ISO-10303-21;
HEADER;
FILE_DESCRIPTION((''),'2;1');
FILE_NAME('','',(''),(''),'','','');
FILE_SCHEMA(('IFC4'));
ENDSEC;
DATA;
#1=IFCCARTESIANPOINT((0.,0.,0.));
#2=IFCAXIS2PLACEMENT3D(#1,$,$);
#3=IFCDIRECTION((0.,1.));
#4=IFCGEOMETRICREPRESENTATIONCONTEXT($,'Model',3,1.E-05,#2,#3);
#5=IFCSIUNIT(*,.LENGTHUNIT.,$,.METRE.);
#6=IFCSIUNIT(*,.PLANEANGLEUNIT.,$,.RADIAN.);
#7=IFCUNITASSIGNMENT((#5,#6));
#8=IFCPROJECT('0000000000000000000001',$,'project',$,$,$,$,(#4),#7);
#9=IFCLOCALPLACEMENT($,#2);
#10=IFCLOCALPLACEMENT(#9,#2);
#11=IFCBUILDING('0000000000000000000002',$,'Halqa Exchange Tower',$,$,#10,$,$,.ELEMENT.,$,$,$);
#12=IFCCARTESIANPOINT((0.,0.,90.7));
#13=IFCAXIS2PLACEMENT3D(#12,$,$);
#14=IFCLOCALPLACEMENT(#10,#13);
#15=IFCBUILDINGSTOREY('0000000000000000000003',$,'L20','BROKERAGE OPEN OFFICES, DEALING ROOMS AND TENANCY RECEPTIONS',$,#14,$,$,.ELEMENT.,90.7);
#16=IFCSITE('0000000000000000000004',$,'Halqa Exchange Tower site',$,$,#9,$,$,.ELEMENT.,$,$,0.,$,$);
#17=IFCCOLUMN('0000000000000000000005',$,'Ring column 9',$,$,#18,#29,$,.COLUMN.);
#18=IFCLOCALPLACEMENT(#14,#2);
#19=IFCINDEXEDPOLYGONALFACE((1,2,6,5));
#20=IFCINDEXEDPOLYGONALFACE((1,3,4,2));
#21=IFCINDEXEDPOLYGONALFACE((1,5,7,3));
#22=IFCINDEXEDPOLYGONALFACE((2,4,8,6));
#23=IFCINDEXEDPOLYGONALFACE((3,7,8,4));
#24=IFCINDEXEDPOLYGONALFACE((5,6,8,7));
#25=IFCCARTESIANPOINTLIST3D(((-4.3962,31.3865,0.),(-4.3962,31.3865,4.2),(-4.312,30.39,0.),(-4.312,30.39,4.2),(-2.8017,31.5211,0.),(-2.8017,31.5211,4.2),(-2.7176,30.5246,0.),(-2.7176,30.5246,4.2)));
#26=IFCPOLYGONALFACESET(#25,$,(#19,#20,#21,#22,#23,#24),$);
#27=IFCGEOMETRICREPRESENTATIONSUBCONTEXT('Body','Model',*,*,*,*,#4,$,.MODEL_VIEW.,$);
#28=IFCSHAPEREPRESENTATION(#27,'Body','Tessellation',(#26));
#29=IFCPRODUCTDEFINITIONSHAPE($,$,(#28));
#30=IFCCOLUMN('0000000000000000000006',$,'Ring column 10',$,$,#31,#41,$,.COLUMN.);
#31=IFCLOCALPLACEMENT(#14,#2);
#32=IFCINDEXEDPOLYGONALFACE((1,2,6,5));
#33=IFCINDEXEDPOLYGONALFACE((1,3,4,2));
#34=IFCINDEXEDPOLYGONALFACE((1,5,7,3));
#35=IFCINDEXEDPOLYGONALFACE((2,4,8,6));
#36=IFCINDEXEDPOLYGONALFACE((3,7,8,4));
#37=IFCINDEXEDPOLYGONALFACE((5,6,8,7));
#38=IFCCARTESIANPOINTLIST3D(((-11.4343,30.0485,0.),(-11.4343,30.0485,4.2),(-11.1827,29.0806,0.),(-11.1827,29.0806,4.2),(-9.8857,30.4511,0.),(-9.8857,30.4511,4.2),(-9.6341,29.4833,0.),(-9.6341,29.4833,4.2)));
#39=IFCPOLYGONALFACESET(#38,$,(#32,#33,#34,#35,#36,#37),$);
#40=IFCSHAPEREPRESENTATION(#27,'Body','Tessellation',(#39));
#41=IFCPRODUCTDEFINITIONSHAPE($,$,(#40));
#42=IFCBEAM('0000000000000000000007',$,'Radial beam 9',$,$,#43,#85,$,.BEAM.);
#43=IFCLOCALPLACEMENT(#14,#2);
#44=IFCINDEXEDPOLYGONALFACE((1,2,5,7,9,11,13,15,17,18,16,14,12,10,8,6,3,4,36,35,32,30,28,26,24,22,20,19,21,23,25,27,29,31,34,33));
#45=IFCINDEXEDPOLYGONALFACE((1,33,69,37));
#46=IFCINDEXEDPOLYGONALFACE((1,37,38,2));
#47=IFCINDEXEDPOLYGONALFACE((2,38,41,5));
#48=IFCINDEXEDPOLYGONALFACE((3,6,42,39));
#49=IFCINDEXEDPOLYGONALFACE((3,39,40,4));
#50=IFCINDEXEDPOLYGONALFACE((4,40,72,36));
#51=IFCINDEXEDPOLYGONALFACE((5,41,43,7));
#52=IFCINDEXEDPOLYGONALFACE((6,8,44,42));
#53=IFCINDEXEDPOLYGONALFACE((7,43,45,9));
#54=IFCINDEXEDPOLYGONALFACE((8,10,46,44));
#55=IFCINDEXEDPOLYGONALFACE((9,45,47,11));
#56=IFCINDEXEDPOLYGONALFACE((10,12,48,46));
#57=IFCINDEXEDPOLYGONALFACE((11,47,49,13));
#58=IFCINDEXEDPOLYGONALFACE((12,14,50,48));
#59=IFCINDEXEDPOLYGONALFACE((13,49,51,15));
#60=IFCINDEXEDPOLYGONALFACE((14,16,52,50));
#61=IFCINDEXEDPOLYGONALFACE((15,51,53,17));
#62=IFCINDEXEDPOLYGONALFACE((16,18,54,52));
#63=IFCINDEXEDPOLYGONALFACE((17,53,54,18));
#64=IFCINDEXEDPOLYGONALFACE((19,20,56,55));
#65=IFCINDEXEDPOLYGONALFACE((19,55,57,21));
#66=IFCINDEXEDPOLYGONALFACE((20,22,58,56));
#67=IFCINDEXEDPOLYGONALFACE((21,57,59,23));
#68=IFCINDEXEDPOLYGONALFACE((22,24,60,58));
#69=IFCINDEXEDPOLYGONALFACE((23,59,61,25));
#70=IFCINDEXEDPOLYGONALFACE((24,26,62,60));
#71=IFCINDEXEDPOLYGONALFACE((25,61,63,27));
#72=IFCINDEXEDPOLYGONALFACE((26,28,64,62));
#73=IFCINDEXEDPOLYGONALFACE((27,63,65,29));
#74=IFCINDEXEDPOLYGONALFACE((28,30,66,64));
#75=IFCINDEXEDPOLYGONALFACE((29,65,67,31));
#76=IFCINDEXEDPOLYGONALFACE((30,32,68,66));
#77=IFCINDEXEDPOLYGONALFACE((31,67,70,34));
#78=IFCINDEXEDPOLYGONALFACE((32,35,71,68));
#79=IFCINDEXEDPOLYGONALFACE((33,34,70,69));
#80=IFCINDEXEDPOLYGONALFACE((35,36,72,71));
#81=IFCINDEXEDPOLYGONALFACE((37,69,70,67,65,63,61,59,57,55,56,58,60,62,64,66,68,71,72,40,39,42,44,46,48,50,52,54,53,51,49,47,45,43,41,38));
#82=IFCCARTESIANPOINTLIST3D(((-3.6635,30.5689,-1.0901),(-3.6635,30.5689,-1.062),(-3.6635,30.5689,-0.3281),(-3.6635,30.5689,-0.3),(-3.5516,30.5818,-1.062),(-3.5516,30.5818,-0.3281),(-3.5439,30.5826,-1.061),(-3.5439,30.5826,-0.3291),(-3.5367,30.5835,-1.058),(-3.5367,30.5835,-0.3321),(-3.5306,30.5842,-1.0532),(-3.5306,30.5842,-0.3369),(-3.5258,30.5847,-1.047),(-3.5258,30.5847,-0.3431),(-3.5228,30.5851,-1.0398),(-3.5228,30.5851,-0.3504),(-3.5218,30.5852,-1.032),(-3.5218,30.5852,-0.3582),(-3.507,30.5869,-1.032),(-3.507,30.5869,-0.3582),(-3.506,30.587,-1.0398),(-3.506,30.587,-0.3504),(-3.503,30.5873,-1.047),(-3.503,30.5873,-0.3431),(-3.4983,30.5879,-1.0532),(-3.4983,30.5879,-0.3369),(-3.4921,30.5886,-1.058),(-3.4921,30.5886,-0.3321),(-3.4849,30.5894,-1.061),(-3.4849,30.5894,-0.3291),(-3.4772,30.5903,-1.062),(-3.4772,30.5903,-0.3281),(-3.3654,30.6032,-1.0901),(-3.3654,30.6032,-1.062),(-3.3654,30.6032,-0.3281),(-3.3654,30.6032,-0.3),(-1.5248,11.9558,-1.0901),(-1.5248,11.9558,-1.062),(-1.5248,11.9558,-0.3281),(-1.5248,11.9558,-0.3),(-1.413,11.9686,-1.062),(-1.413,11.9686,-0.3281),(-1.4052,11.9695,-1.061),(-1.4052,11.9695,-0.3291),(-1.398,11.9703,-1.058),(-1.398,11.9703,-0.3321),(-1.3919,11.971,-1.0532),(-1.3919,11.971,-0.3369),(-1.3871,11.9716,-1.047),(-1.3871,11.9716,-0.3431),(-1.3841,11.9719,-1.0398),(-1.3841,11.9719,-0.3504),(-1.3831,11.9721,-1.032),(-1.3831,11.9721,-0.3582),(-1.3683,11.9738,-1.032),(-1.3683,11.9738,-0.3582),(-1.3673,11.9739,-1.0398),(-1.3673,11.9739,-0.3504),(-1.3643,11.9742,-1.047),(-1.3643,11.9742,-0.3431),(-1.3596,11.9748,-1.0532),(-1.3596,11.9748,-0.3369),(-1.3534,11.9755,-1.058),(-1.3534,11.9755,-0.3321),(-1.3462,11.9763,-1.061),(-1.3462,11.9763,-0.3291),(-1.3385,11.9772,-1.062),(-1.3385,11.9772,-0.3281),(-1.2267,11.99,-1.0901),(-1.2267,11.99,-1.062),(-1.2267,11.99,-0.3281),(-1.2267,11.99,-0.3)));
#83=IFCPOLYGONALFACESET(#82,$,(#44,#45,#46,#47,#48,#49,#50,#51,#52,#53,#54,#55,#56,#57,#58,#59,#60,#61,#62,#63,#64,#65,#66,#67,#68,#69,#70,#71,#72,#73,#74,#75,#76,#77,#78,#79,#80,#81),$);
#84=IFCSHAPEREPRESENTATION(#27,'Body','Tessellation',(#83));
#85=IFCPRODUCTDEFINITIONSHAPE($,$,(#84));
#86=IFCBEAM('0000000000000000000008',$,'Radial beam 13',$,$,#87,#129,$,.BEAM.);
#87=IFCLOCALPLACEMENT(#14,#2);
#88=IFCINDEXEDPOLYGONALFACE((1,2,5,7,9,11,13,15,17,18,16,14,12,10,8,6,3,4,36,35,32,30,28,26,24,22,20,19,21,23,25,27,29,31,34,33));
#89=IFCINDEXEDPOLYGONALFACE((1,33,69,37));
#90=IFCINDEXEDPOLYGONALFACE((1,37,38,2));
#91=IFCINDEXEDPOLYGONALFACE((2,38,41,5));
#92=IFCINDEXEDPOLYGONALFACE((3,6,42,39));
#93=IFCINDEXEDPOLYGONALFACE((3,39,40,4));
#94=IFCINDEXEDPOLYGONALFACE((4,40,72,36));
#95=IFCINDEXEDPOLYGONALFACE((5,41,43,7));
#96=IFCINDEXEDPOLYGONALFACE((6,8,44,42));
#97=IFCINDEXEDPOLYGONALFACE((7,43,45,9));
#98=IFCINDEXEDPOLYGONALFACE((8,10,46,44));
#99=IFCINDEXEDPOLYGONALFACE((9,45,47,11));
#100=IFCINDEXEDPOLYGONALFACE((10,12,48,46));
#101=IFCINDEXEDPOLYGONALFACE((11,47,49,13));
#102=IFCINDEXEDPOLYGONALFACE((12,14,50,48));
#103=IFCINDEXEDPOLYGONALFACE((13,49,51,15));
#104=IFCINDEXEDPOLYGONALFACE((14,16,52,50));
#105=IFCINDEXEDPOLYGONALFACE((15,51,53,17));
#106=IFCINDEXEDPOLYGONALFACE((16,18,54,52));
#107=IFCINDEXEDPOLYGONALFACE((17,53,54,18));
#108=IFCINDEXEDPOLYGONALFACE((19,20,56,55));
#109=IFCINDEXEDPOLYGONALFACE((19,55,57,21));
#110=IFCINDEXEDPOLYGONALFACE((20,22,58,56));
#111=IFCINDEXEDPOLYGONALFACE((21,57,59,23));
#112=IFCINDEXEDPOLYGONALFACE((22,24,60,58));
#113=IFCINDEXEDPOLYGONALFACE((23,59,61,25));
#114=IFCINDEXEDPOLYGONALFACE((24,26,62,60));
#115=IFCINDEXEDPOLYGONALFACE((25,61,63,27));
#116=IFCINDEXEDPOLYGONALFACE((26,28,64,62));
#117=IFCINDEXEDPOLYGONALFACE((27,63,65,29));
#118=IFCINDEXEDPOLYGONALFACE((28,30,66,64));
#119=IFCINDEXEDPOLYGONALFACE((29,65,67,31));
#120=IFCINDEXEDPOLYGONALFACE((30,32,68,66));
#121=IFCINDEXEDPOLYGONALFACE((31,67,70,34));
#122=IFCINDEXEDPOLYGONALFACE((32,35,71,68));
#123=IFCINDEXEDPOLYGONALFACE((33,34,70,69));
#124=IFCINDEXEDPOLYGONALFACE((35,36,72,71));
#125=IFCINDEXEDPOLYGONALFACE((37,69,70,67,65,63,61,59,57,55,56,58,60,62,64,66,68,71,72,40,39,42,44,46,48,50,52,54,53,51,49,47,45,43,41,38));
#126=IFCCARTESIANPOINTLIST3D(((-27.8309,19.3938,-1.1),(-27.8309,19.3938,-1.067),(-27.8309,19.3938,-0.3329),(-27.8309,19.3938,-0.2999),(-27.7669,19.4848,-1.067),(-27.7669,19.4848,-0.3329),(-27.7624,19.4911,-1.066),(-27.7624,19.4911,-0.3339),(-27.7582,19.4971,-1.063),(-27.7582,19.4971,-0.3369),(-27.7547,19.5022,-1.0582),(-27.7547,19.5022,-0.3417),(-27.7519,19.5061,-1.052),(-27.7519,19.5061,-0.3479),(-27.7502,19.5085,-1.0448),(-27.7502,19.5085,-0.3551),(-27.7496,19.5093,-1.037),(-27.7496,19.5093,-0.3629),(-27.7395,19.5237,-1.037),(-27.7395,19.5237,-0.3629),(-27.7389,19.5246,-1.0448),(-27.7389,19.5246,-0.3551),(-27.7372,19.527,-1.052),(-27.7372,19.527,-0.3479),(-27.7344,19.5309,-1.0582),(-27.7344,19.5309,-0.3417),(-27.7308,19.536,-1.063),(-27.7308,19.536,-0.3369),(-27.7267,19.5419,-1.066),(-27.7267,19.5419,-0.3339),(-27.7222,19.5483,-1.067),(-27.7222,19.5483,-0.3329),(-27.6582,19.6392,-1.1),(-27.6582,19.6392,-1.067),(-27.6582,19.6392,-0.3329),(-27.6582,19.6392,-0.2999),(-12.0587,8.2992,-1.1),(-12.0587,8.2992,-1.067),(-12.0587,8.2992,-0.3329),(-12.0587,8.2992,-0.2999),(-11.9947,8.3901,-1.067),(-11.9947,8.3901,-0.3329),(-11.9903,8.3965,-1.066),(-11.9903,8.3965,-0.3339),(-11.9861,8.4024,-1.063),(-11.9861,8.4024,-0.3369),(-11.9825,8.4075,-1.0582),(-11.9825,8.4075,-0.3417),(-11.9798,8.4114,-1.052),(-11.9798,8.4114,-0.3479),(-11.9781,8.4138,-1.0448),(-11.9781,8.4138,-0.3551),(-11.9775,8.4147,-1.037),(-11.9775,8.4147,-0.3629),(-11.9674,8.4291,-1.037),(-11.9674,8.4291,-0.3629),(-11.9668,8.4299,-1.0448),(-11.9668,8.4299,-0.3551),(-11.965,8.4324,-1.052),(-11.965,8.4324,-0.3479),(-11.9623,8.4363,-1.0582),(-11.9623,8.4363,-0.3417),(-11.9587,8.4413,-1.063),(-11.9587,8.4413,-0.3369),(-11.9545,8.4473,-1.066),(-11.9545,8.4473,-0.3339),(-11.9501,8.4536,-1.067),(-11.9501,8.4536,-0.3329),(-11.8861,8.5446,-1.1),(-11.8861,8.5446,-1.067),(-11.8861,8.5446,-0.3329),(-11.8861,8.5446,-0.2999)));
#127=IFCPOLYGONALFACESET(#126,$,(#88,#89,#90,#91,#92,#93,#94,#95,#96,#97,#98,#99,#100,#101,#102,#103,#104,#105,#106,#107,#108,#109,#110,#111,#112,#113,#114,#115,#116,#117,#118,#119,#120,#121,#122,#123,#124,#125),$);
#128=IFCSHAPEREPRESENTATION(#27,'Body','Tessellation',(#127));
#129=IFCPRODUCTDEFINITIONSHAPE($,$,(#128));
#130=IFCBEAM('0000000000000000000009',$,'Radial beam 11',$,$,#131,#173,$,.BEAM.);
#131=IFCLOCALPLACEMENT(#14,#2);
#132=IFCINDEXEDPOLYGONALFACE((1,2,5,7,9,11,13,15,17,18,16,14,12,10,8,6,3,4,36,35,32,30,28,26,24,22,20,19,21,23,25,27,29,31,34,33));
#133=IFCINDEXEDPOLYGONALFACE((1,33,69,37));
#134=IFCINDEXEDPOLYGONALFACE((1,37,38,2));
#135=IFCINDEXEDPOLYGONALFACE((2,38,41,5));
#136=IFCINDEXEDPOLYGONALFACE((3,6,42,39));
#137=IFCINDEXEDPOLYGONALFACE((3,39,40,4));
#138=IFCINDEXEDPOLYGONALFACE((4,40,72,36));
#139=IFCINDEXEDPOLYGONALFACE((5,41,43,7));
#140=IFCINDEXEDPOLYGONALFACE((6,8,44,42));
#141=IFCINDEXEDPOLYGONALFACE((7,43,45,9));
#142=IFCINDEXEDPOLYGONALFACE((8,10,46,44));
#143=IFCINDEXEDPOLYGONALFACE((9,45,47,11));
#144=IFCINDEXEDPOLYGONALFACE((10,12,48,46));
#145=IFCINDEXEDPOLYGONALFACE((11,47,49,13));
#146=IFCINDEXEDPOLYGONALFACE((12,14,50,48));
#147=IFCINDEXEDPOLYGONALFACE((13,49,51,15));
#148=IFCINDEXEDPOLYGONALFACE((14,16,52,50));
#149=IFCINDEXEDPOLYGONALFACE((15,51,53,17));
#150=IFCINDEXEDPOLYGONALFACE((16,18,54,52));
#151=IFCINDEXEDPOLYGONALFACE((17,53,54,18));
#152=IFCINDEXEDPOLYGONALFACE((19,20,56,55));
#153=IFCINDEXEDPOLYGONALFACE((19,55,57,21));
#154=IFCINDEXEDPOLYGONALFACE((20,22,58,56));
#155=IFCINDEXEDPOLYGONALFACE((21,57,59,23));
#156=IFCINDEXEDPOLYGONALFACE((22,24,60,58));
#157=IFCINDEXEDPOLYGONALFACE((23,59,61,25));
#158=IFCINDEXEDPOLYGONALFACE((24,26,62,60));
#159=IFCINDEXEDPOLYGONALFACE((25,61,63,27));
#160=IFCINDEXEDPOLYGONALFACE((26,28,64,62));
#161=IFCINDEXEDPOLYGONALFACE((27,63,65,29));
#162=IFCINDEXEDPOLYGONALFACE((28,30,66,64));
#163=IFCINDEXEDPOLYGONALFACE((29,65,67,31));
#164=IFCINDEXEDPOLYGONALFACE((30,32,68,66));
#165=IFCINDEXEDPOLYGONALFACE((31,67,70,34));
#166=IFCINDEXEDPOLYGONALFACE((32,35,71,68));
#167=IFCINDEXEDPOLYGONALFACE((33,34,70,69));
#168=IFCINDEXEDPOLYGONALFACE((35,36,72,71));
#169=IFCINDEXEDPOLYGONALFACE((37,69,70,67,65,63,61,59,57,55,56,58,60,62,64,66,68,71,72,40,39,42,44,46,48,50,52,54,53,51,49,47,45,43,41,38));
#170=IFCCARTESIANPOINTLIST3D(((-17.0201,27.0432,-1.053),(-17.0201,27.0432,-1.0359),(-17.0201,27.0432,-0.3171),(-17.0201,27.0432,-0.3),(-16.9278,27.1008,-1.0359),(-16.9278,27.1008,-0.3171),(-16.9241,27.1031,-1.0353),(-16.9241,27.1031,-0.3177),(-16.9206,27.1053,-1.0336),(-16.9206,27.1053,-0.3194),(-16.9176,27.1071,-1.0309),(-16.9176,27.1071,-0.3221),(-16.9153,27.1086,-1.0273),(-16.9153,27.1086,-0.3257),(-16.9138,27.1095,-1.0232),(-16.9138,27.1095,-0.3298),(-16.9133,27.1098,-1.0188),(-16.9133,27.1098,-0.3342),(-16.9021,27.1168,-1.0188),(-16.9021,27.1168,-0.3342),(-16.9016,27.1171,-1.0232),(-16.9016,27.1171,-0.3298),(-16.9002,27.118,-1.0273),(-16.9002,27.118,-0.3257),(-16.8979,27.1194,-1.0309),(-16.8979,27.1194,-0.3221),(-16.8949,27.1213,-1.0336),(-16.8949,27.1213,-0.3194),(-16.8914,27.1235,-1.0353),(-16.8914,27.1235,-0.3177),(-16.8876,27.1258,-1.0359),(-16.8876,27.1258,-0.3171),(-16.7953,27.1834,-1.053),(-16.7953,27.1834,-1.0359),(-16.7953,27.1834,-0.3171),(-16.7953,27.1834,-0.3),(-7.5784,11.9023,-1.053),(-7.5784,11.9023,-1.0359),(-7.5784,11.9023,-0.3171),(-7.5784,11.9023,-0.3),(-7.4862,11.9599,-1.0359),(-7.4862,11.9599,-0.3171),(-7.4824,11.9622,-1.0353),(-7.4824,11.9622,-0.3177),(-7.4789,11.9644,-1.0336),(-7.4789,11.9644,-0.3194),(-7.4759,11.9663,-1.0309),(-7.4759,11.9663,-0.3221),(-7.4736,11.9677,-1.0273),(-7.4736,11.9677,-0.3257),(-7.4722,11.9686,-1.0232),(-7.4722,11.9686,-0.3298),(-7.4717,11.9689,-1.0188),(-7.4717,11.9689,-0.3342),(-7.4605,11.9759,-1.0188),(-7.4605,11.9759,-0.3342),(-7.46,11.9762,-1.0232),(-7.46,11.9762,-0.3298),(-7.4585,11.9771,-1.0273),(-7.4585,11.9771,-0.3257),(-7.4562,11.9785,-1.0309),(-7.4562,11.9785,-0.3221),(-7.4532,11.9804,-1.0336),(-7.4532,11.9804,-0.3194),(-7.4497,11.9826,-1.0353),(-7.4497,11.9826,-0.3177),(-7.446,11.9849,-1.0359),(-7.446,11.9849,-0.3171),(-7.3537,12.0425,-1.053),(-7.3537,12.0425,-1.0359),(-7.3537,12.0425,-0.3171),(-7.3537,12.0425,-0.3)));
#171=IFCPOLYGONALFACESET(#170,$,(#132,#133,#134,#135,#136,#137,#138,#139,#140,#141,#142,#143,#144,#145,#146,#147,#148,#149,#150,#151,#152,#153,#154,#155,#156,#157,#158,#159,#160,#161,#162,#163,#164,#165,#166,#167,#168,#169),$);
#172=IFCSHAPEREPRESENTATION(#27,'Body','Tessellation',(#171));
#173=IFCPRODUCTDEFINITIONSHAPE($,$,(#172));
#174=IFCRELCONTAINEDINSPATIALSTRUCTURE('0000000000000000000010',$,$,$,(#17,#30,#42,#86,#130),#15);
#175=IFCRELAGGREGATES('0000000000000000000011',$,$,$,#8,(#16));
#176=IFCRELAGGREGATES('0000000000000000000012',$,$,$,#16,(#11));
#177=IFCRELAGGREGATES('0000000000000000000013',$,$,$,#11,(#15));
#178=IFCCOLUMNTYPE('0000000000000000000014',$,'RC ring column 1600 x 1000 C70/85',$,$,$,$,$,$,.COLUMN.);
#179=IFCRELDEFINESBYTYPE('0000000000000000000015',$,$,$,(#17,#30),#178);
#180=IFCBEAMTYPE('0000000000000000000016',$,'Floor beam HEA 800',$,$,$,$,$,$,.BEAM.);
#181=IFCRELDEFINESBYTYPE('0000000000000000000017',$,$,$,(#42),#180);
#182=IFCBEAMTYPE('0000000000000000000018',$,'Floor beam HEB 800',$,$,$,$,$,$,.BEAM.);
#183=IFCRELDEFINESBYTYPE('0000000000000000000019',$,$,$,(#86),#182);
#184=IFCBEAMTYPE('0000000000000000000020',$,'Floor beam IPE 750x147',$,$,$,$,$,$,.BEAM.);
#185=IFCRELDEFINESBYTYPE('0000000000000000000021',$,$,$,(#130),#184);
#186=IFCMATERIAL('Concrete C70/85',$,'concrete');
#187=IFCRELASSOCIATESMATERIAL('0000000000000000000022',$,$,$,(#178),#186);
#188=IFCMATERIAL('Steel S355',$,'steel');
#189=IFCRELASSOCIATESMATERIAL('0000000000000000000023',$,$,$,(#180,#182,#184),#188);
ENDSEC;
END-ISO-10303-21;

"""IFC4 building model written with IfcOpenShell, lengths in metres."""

from ifc_helpers import new_model, si_unit, direction, frame, origin, origin_2d, place, context, subcontext, project, spatial, rectangle, i_section, extrude, material, material_profile, profile_set, type_object, element, save


model = new_model("IFC4")

# Units and contexts
model_context = context("Model", 3, precision=1e-05, world=origin(), true_north=direction((0.0, 1.0)))
body_context = subcontext(model_context, "Body", "Model", "MODEL_VIEW")
ifc_project = project(units=[si_unit("LENGTHUNIT", "METRE"), si_unit("PLANEANGLEUNIT", "RADIAN")], contexts=[model_context])

# Site, building, storey
site_placement = place(None, origin())
site = spatial("IfcSite", under=ifc_project, at=site_placement, Name="Halqa Exchange Tower site", CompositionType="ELEMENT", RefElevation=0.0)
building_placement = place(site_placement, origin())
building = spatial("IfcBuilding", under=site, at=building_placement, Name="Halqa Exchange Tower", CompositionType="ELEMENT")
storey_placement = place(building_placement, frame((0.0, 0.0, 90.7)))
storey = spatial("IfcBuildingStorey", under=building, at=storey_placement, Name="L20", Description="BROKERAGE OPEN OFFICES, DEALING ROOMS AND TENANCY RECEPTIONS", CompositionType="ELEMENT", Elevation=90.7)

# Columns
ifc_material_1 = material(Name="Concrete C70/85", Category="concrete")
ifc_material_profile_1 = material_profile(ifc_material_1, rectangle(XDim=1.6001, YDim=1.0, at=origin_2d()), Name="1600 x 1000")
ifc_profile_set_1 = profile_set([ifc_material_profile_1], Name="Concrete C70/85")
column_type = type_object("IfcColumnType", Name="RC ring column 1600 x 1000 C70/85", PredefinedType="COLUMN", material=ifc_profile_set_1)
for number, where, z_axis, x_axis, name in (
    (1, (-3.5569, 30.9556, 0.0), (0.0, 0.0, 1.0), (-0.996456, -0.084121, 0.0), "Ring column 9"),
    (2, (-10.5342, 29.7659, 0.0), (0.0, 0.0, 1.0), (-0.96782, -0.251644, 0.0), "Ring column 10"),
):
    element("IfcColumn", number, at=place(storey_placement, frame(where, z_axis=z_axis, x_axis=x_axis)), inside=storey, type_object=column_type, Name=name, PredefinedType="COLUMN", context=body_context, shape_type="SweptSolid", body=[
        extrude(rectangle(XDim=1.6001, YDim=1.0, at=origin_2d()), origin(), (0.0, 0.0, 1.0), 4.2),
    ])

# Beams
ifc_material_2 = material(Name="Steel S355", Category="steel")
ifc_material_profile_2 = material_profile(ifc_material_2, i_section(OverallWidth=0.3, OverallDepth=0.79, WebThickness=0.0149, FlangeThickness=0.0281, FilletRadius=0.03, at=origin_2d()), Name="HEA 800")
ifc_profile_set_2 = profile_set([ifc_material_profile_2], Name="Steel S355")
beam_type_1 = type_object("IfcBeamType", Name="Floor beam HEA 800", PredefinedType="BEAM", material=ifc_profile_set_2)
beam_1_placement = place(storey_placement, frame((-1.3757, 11.9729, -0.6951), z_axis=(-0.114151, 0.993463, 0.0), x_axis=(-0.993463, -0.114151, 0.0)))
element("IfcBeam", 3, at=beam_1_placement, inside=storey, type_object=beam_type_1, Name="Radial beam 9", PredefinedType="BEAM", context=body_context, shape_type="SweptSolid", body=[
    extrude(i_section(OverallWidth=0.3, OverallDepth=0.79, WebThickness=0.0149, FlangeThickness=0.0281, FilletRadius=0.03, at=origin_2d()), origin(), (0.0, 0.0, 1.0), 18.7356),
])
ifc_material_profile_3 = material_profile(ifc_material_2, i_section(OverallWidth=0.3, OverallDepth=0.8, WebThickness=0.0176, FlangeThickness=0.033, FilletRadius=0.03, at=origin_2d()), Name="HEB 800")
ifc_profile_set_3 = profile_set([ifc_material_profile_3], Name="Steel S355")
beam_type_2 = type_object("IfcBeamType", Name="Floor beam HEB 800", PredefinedType="BEAM", material=ifc_profile_set_3)
beam_2_placement = place(storey_placement, frame((-11.9724, 8.4219, -0.7), z_axis=(-0.81791, 0.575346, 0.0), x_axis=(-0.575346, -0.81791, 0.0)))
element("IfcBeam", 4, at=beam_2_placement, inside=storey, type_object=beam_type_2, Name="Radial beam 13", PredefinedType="BEAM", context=body_context, shape_type="SweptSolid", body=[
    extrude(i_section(OverallWidth=0.3, OverallDepth=0.8, WebThickness=0.0176, FlangeThickness=0.033, FilletRadius=0.03, at=origin_2d()), origin(), (0.0, 0.0, 1.0), 19.2834),
])
ifc_material_profile_4 = material_profile(ifc_material_2, i_section(OverallWidth=0.2649, OverallDepth=0.7529, WebThickness=0.0132, FlangeThickness=0.0171, FilletRadius=0.0171, at=origin_2d()), Name="IPE 750x147")
ifc_profile_set_4 = profile_set([ifc_material_profile_4], Name="Steel S355")
beam_type_3 = type_object("IfcBeamType", Name="Floor beam IPE 750x147", PredefinedType="BEAM", material=ifc_profile_set_4)
beam_3_placement = place(storey_placement, frame((-7.4661, 11.9724, -0.6765), z_axis=(-0.529137, 0.848537, 0.0), x_axis=(-0.848537, -0.529137, 0.0)))
element("IfcBeam", 5, at=beam_3_placement, inside=storey, type_object=beam_type_3, Name="Radial beam 11", PredefinedType="BEAM", context=body_context, shape_type="SweptSolid", body=[
    extrude(i_section(OverallWidth=0.2649, OverallDepth=0.7529, WebThickness=0.0132, FlangeThickness=0.0171, FilletRadius=0.0171, at=origin_2d()), origin(), (0.0, 0.0, 1.0), 17.8435),
])

save(model, "model.ifc")
